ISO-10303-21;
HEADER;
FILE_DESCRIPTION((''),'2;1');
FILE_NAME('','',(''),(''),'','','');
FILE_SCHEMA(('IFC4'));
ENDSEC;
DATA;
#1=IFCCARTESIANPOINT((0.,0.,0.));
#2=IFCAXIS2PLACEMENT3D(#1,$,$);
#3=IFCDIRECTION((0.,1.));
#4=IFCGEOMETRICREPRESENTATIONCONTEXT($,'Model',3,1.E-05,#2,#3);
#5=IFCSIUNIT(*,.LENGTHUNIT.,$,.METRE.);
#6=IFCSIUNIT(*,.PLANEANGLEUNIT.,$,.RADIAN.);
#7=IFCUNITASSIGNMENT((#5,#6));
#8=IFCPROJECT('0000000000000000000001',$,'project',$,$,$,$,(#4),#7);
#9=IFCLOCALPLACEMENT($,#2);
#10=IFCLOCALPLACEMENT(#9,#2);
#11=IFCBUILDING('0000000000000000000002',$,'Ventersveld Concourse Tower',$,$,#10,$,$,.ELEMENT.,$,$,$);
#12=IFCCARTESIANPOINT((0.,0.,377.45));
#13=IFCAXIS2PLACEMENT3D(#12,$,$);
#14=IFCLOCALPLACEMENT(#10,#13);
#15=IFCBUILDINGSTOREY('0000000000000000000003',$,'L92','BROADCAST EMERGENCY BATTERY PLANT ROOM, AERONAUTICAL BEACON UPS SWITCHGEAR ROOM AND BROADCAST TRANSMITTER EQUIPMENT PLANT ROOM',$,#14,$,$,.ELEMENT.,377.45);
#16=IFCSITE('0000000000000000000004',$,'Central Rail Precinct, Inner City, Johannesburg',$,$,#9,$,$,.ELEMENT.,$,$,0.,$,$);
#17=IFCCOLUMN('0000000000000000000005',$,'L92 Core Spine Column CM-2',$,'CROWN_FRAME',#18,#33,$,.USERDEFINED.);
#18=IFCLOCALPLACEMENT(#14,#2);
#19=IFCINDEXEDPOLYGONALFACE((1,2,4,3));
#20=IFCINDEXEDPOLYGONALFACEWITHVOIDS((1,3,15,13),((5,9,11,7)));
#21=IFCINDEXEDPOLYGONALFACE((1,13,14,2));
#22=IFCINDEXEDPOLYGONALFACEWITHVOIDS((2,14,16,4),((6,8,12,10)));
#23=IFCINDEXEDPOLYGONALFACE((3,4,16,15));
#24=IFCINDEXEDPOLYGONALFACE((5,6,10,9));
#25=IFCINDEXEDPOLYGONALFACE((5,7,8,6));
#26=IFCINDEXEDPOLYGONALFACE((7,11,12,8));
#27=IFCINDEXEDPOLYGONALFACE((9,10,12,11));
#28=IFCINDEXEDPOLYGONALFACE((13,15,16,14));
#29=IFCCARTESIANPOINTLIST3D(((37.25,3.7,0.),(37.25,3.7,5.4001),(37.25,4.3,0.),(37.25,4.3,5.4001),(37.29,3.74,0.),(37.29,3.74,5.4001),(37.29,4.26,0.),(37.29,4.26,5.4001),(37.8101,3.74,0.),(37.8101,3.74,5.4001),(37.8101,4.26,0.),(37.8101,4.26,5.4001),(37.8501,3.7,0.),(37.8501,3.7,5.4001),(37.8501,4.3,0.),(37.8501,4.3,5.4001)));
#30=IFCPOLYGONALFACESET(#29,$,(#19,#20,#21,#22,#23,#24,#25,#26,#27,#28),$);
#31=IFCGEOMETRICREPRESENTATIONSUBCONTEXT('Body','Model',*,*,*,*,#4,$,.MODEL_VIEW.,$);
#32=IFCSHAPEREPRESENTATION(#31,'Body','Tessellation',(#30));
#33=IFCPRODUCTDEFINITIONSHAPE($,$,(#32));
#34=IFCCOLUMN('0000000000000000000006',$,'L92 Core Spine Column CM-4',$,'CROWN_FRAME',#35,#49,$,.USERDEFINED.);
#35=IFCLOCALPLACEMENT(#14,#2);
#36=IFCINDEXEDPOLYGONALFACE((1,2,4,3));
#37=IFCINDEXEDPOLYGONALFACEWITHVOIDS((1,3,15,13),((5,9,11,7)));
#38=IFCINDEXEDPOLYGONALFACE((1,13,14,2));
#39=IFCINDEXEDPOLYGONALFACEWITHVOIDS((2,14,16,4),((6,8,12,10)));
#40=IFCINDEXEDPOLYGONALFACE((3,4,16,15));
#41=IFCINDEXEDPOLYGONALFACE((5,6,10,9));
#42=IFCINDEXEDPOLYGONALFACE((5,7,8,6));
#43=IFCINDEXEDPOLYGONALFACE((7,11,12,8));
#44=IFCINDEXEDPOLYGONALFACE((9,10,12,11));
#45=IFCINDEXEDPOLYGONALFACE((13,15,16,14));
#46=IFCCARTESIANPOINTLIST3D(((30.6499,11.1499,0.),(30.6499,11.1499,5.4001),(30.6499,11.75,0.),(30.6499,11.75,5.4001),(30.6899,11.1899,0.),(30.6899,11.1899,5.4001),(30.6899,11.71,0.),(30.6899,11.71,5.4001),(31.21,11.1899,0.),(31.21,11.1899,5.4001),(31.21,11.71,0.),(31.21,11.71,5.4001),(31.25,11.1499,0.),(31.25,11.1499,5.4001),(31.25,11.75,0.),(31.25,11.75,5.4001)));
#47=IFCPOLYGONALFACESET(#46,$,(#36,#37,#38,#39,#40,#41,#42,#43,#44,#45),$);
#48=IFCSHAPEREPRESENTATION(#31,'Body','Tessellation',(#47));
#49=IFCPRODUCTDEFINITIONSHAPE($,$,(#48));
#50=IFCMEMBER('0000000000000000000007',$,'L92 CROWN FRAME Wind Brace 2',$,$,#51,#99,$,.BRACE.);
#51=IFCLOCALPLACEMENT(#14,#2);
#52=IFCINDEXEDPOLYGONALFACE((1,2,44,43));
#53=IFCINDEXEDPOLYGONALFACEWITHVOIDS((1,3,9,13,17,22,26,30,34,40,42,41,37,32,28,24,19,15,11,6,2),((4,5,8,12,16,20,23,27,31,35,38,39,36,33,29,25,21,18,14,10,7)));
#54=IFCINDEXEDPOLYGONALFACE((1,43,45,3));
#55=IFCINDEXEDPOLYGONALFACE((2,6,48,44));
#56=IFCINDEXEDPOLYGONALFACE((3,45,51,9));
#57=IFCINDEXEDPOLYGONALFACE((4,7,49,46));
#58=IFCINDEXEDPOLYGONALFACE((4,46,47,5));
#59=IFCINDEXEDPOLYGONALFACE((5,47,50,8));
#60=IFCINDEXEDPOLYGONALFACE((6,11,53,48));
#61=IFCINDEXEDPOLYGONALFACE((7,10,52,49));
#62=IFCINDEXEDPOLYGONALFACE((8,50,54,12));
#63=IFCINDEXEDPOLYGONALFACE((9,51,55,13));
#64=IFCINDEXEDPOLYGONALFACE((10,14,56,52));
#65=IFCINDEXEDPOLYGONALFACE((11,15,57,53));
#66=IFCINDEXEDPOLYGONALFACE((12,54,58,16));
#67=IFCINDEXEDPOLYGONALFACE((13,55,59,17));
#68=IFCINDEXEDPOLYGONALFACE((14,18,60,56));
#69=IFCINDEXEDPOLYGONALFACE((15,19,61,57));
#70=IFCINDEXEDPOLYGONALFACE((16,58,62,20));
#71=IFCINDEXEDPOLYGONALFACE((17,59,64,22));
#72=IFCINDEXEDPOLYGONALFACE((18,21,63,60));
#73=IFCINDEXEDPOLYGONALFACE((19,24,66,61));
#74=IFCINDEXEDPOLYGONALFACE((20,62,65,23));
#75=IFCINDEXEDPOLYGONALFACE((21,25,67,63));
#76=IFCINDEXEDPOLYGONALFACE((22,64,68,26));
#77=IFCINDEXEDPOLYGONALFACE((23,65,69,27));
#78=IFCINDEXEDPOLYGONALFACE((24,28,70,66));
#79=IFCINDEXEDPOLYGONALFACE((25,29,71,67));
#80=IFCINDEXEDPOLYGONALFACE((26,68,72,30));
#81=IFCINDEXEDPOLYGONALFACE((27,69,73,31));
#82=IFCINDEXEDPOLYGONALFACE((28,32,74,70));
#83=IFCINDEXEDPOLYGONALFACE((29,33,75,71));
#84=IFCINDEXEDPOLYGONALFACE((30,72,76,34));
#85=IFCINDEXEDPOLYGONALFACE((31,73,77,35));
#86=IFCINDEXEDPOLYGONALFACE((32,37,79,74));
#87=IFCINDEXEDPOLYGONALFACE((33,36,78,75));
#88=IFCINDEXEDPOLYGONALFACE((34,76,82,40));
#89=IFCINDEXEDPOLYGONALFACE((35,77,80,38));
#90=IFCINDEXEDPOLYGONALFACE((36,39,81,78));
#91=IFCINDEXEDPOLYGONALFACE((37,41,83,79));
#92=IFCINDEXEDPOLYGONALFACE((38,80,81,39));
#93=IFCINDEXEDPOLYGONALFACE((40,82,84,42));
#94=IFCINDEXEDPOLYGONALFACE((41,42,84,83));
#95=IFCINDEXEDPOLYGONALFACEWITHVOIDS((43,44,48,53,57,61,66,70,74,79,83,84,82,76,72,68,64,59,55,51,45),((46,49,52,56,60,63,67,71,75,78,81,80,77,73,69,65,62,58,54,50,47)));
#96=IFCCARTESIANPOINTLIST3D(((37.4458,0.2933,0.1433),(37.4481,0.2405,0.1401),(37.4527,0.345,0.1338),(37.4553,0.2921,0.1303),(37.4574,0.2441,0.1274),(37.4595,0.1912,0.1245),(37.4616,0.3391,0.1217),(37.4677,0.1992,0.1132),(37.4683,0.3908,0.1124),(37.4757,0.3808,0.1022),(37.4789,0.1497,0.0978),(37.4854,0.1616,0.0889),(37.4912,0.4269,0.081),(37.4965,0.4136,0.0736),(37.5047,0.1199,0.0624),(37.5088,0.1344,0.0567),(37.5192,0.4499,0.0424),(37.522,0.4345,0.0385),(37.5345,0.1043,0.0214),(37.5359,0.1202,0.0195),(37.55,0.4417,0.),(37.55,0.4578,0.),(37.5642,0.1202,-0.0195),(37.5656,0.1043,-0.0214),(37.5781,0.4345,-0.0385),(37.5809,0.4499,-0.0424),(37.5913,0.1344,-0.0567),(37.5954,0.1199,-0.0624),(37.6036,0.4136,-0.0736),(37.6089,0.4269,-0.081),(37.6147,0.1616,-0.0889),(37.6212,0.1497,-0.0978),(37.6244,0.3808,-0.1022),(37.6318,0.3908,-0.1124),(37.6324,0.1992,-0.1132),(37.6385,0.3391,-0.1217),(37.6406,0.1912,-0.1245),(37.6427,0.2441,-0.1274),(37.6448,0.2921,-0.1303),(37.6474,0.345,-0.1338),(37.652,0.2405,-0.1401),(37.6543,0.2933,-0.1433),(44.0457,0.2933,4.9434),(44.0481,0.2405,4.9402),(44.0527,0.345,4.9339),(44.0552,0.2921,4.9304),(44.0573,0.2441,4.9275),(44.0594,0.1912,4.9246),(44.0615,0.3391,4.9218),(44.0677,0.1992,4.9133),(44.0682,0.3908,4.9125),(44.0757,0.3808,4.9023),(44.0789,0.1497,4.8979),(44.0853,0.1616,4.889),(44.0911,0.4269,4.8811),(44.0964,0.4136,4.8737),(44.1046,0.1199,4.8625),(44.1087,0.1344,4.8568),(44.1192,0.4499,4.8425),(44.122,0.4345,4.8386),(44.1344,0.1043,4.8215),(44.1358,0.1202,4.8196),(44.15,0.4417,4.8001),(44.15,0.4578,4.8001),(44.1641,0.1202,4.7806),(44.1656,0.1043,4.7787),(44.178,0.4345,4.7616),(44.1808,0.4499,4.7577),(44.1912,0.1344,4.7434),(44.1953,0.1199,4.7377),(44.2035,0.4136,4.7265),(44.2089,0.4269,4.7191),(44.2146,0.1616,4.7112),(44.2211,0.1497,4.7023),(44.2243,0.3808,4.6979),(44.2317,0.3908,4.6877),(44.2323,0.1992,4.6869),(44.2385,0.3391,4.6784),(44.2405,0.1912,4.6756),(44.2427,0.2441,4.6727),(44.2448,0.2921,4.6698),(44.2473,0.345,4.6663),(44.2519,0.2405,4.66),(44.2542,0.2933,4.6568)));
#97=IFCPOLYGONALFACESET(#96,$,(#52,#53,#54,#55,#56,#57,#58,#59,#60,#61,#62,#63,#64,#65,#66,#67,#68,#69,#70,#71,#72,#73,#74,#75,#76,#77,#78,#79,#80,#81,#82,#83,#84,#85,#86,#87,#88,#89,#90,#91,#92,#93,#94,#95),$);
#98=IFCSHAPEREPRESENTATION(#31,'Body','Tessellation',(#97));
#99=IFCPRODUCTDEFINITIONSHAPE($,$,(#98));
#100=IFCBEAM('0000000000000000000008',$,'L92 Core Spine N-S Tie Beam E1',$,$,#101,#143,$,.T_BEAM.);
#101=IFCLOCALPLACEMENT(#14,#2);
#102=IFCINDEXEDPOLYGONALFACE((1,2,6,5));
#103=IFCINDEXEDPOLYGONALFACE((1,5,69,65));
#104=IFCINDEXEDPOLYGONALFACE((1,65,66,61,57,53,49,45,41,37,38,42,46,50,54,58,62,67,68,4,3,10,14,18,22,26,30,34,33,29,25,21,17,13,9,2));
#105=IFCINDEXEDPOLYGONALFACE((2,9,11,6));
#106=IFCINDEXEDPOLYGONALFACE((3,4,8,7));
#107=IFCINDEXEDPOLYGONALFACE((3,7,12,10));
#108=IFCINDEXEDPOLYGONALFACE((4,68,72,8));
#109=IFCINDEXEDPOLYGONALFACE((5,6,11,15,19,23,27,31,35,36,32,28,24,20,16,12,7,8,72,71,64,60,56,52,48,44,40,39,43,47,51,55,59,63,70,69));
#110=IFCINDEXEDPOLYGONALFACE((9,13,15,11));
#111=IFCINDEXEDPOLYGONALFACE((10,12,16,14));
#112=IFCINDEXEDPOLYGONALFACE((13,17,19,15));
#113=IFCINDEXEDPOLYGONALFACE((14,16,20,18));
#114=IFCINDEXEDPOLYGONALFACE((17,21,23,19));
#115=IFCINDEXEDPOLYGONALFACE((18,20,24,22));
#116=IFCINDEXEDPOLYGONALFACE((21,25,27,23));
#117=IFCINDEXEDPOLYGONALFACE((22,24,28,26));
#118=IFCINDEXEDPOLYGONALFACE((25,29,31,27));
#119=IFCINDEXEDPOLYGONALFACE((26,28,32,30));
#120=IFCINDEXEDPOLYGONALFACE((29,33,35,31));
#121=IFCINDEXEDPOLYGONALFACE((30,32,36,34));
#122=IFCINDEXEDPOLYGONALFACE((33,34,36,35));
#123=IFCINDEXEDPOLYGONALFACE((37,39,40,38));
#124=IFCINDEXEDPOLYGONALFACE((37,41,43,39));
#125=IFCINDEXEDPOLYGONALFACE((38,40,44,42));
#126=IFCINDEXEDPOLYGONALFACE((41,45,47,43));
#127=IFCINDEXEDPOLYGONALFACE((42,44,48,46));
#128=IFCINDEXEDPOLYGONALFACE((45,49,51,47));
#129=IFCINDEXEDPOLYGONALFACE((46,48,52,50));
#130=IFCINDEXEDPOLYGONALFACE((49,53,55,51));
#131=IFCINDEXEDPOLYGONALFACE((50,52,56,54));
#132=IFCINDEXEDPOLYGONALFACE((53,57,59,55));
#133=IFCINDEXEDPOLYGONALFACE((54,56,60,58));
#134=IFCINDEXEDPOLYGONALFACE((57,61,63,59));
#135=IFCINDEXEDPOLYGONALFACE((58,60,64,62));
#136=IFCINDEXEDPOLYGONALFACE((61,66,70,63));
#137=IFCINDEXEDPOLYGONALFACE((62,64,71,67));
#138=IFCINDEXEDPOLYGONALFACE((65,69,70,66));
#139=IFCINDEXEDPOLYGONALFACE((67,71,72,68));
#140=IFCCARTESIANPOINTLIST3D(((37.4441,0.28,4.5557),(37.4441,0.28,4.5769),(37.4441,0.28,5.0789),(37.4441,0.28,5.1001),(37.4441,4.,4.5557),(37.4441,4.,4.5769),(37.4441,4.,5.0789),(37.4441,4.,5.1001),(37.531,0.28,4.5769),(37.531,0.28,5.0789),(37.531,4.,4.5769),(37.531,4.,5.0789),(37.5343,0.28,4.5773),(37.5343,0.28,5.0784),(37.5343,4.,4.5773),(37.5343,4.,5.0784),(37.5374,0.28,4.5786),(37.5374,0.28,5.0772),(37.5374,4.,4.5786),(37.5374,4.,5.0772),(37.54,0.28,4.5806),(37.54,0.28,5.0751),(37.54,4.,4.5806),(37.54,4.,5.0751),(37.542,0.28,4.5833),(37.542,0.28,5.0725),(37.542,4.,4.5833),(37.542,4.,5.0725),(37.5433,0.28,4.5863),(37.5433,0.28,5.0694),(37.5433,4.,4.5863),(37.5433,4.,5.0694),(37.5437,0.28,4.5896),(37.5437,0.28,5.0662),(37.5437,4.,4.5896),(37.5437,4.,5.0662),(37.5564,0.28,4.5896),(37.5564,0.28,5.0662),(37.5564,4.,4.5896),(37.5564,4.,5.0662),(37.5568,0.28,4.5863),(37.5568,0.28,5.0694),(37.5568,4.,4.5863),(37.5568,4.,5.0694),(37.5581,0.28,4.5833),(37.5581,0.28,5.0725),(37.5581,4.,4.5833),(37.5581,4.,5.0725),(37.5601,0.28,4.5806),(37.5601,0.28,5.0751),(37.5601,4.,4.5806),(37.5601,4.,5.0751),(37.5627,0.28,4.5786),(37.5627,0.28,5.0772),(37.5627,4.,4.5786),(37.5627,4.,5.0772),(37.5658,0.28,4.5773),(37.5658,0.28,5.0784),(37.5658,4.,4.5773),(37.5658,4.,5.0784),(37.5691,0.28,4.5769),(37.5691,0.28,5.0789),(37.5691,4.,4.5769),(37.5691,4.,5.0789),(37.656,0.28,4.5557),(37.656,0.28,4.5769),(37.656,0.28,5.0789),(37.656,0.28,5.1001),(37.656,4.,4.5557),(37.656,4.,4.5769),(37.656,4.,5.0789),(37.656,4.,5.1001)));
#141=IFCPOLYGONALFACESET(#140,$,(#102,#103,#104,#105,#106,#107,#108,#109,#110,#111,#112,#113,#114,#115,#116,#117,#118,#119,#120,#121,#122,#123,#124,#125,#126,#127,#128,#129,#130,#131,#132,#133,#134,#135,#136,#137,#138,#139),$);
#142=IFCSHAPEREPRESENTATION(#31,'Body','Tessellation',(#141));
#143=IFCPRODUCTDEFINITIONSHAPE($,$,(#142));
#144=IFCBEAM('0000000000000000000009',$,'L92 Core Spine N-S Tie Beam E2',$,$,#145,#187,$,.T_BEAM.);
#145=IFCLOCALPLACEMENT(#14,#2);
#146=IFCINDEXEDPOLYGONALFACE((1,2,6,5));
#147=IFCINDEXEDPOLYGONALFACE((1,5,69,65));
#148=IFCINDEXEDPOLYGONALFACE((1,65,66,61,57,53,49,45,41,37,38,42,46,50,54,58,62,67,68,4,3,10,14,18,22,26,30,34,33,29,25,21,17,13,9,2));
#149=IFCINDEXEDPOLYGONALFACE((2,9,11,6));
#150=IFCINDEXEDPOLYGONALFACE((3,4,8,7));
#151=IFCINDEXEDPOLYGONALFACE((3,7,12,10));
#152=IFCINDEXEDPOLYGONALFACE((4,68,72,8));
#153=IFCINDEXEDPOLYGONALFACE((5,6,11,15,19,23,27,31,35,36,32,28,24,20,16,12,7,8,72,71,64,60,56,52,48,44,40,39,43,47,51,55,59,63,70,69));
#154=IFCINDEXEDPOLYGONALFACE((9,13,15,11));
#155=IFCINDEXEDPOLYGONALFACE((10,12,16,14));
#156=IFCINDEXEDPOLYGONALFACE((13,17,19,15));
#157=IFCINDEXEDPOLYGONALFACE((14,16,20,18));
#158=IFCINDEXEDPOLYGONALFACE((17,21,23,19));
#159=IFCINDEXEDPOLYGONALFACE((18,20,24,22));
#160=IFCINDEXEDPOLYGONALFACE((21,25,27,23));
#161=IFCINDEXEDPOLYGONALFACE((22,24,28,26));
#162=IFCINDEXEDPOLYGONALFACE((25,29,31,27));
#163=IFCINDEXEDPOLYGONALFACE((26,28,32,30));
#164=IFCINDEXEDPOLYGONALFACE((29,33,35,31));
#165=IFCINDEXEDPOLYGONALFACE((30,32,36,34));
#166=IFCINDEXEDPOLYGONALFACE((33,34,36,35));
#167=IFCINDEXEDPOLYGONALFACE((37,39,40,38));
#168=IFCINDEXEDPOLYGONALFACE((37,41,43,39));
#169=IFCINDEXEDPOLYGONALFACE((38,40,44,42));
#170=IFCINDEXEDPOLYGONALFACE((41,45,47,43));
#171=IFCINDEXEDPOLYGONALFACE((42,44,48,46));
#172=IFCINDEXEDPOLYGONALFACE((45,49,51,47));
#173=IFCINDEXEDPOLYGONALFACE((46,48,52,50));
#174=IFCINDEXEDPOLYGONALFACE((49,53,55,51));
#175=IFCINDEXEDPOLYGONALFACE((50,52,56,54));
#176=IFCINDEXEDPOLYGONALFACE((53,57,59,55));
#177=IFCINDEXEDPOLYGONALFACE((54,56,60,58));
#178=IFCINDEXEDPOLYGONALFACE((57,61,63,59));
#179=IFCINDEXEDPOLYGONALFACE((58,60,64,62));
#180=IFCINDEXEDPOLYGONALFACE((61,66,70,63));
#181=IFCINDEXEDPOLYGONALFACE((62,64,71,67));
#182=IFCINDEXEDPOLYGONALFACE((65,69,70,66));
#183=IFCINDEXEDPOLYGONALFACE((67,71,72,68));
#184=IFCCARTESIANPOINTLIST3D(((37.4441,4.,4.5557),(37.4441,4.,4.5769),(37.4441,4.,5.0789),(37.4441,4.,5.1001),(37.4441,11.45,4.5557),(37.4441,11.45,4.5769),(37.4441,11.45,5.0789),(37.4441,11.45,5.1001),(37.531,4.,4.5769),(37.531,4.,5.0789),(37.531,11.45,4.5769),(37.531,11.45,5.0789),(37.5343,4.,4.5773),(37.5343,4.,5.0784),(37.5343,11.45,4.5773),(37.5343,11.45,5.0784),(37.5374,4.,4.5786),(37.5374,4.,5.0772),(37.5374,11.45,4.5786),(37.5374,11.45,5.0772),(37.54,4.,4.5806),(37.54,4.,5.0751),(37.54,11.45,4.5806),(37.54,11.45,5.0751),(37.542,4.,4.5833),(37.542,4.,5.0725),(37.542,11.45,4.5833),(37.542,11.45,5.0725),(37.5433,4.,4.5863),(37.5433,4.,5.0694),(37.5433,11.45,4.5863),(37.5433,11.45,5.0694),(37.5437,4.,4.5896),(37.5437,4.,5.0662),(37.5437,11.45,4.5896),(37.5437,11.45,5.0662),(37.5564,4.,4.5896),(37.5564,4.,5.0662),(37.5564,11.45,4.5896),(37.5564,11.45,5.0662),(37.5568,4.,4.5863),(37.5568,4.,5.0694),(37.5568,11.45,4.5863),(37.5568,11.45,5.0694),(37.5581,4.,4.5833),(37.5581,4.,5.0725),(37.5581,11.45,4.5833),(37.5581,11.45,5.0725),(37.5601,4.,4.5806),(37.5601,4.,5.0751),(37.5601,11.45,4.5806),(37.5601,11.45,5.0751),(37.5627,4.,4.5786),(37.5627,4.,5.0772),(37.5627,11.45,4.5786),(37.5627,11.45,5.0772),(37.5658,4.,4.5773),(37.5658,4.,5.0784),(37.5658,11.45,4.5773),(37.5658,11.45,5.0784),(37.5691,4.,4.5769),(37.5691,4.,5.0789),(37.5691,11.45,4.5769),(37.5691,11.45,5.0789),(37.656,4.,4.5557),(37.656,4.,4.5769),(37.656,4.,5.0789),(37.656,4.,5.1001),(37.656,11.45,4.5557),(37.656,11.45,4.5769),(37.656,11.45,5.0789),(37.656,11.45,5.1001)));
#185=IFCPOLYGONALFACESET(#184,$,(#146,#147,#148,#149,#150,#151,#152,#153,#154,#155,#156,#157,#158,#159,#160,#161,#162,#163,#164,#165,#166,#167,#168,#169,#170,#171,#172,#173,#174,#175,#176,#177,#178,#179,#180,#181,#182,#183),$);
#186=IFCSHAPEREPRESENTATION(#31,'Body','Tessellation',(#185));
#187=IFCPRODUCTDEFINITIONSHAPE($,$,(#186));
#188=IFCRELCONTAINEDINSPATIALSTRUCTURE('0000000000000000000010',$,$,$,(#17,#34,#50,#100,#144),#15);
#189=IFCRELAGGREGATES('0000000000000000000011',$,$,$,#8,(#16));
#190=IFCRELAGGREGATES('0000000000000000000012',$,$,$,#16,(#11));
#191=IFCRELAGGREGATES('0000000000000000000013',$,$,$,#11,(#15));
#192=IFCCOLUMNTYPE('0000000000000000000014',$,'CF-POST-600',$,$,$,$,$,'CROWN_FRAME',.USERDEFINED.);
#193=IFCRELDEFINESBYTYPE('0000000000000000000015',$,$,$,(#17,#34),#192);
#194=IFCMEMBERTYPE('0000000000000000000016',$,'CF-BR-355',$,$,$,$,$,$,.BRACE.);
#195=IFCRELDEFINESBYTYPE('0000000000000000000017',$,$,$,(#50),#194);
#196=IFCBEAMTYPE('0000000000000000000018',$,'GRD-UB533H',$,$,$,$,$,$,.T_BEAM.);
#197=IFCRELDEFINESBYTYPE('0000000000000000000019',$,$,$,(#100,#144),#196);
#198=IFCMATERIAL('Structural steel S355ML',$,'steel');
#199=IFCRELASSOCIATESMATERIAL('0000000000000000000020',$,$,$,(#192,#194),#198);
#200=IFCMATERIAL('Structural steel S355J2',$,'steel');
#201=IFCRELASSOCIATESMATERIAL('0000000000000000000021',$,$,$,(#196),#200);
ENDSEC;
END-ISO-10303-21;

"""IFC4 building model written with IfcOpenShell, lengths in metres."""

from ifc_helpers import new_model, si_unit, direction, frame, origin, origin_2d, place, context, subcontext, project, spatial, hollow_rectangle, hollow_circle, i_section, extrude, material, material_profile, profile_set, type_object, element, save


model = new_model("IFC4")

# Units and contexts
model_context = context("Model", 3, precision=1e-05, world=origin(), true_north=direction((0.0, 1.0)))
body_context = subcontext(model_context, "Body", "Model", "MODEL_VIEW")
ifc_project = project(units=[si_unit("LENGTHUNIT", "METRE"), si_unit("PLANEANGLEUNIT", "RADIAN")], contexts=[model_context])

# Site, building, storey
site_placement = place(None, origin())
site = spatial("IfcSite", under=ifc_project, at=site_placement, Name="Central Rail Precinct, Inner City, Johannesburg", CompositionType="ELEMENT", RefElevation=0.0)
building_placement = place(site_placement, origin())
building = spatial("IfcBuilding", under=site, at=building_placement, Name="Ventersveld Concourse Tower", CompositionType="ELEMENT")
storey_placement = place(building_placement, frame((0.0, 0.0, 377.45)))
storey = spatial("IfcBuildingStorey", under=building, at=storey_placement, Name="L92", Description="BROADCAST EMERGENCY BATTERY PLANT ROOM, AERONAUTICAL BEACON UPS SWITCHGEAR ROOM AND BROADCAST TRANSMITTER EQUIPMENT PLANT ROOM", CompositionType="ELEMENT", Elevation=377.45)

# Columns
ifc_material_1 = material(Name="Structural steel S355ML", Category="steel")
ifc_material_profile_1 = material_profile(ifc_material_1, hollow_rectangle(XDim=0.6001, YDim=0.6001, WallThickness=0.04, at=origin_2d()), Name="BOX 600x600x40")
ifc_profile_set_1 = profile_set([ifc_material_profile_1], Name="Structural steel S355ML")
column_type = type_object("IfcColumnType", Name="CF-POST-600", ElementType="CROWN_FRAME", PredefinedType="USERDEFINED", material=ifc_profile_set_1)
for number, where, z_axis, x_axis, name in (
    (1, (37.55, 4.0, 0.0), (0.0, 0.0, 1.0), (1.0, 0.0, 0.0), "L92 Core Spine Column CM-2"),
    (2, (30.95, 11.45, 0.0), (0.0, 0.0, 1.0), (1.0, 0.0, 0.0), "L92 Core Spine Column CM-4"),
):
    element("IfcColumn", number, at=place(storey_placement, frame(where, z_axis=z_axis, x_axis=x_axis)), inside=storey, type_object=column_type, Name=name, ObjectType="CROWN_FRAME", PredefinedType="USERDEFINED", context=body_context, shape_type="SweptSolid", body=[
        extrude(hollow_rectangle(XDim=0.6001, YDim=0.6001, WallThickness=0.04, at=origin_2d()), origin(), (0.0, 0.0, 1.0), 5.4001),
    ])

# Member
ifc_material_profile_2 = material_profile(ifc_material_1, hollow_circle(Radius=0.1777, WallThickness=0.0161, at=origin_2d()), Name="CHS 355.6x16")
ifc_profile_set_2 = profile_set([ifc_material_profile_2], Name="Structural steel S355ML")
member_type = type_object("IfcMemberType", Name="CF-BR-355", PredefinedType="BRACE", material=ifc_profile_set_2)
member_placement = place(storey_placement, frame((37.55, 0.28, 0.0), z_axis=(0.808727, 0.0, 0.588184), x_axis=(0.0, 1.0, 0.0)))
element("IfcMember", 3, at=member_placement, inside=storey, type_object=member_type, Name="L92 CROWN FRAME Wind Brace 2", PredefinedType="BRACE", context=body_context, shape_type="SweptSolid", body=[
    extrude(hollow_circle(Radius=0.1777, WallThickness=0.0161, at=origin_2d()), origin(), (0.0, 0.0, 1.0), 8.1609),
])

# Beams
ifc_material_2 = material(Name="Structural steel S355J2", Category="steel")
ifc_material_profile_3 = material_profile(ifc_material_2, i_section(OverallWidth=0.2119, OverallDepth=0.5444, WebThickness=0.0127, FlangeThickness=0.0212, FilletRadius=0.0127, at=origin_2d()), Name="UB 533x210x122")
ifc_profile_set_3 = profile_set([ifc_material_profile_3], Name="Structural steel S355J2")
beam_type_1 = type_object("IfcBeamType", Name="GRD-UB533H", PredefinedType="T_BEAM", material=ifc_profile_set_3)
beam_1_placement = place(storey_placement, frame((37.55, 0.28, 4.8279), z_axis=(0.0, 1.0, 0.0), x_axis=(-1.0, 0.0, 0.0)))
element("IfcBeam", 4, at=beam_1_placement, inside=storey, type_object=beam_type_1, Name="L92 Core Spine N-S Tie Beam E1", PredefinedType="T_BEAM", context=body_context, shape_type="SweptSolid", body=[
    extrude(i_section(OverallWidth=0.2119, OverallDepth=0.5444, WebThickness=0.0127, FlangeThickness=0.0212, FilletRadius=0.0127, at=origin_2d()), origin(), (0.0, 0.0, 1.0), 3.72),
])
beam_2_placement = place(storey_placement, frame((37.55, 4.0, 4.8279), z_axis=(0.0, 1.0, 0.0), x_axis=(-1.0, 0.0, 0.0)))
element("IfcBeam", 5, at=beam_2_placement, inside=storey, type_object=beam_type_1, Name="L92 Core Spine N-S Tie Beam E2", PredefinedType="T_BEAM", context=body_context, shape_type="SweptSolid", body=[
    extrude(i_section(OverallWidth=0.2119, OverallDepth=0.5444, WebThickness=0.0127, FlangeThickness=0.0212, FilletRadius=0.0127, at=origin_2d()), origin(), (0.0, 0.0, 1.0), 7.45),
])

save(model, "model.ifc")
